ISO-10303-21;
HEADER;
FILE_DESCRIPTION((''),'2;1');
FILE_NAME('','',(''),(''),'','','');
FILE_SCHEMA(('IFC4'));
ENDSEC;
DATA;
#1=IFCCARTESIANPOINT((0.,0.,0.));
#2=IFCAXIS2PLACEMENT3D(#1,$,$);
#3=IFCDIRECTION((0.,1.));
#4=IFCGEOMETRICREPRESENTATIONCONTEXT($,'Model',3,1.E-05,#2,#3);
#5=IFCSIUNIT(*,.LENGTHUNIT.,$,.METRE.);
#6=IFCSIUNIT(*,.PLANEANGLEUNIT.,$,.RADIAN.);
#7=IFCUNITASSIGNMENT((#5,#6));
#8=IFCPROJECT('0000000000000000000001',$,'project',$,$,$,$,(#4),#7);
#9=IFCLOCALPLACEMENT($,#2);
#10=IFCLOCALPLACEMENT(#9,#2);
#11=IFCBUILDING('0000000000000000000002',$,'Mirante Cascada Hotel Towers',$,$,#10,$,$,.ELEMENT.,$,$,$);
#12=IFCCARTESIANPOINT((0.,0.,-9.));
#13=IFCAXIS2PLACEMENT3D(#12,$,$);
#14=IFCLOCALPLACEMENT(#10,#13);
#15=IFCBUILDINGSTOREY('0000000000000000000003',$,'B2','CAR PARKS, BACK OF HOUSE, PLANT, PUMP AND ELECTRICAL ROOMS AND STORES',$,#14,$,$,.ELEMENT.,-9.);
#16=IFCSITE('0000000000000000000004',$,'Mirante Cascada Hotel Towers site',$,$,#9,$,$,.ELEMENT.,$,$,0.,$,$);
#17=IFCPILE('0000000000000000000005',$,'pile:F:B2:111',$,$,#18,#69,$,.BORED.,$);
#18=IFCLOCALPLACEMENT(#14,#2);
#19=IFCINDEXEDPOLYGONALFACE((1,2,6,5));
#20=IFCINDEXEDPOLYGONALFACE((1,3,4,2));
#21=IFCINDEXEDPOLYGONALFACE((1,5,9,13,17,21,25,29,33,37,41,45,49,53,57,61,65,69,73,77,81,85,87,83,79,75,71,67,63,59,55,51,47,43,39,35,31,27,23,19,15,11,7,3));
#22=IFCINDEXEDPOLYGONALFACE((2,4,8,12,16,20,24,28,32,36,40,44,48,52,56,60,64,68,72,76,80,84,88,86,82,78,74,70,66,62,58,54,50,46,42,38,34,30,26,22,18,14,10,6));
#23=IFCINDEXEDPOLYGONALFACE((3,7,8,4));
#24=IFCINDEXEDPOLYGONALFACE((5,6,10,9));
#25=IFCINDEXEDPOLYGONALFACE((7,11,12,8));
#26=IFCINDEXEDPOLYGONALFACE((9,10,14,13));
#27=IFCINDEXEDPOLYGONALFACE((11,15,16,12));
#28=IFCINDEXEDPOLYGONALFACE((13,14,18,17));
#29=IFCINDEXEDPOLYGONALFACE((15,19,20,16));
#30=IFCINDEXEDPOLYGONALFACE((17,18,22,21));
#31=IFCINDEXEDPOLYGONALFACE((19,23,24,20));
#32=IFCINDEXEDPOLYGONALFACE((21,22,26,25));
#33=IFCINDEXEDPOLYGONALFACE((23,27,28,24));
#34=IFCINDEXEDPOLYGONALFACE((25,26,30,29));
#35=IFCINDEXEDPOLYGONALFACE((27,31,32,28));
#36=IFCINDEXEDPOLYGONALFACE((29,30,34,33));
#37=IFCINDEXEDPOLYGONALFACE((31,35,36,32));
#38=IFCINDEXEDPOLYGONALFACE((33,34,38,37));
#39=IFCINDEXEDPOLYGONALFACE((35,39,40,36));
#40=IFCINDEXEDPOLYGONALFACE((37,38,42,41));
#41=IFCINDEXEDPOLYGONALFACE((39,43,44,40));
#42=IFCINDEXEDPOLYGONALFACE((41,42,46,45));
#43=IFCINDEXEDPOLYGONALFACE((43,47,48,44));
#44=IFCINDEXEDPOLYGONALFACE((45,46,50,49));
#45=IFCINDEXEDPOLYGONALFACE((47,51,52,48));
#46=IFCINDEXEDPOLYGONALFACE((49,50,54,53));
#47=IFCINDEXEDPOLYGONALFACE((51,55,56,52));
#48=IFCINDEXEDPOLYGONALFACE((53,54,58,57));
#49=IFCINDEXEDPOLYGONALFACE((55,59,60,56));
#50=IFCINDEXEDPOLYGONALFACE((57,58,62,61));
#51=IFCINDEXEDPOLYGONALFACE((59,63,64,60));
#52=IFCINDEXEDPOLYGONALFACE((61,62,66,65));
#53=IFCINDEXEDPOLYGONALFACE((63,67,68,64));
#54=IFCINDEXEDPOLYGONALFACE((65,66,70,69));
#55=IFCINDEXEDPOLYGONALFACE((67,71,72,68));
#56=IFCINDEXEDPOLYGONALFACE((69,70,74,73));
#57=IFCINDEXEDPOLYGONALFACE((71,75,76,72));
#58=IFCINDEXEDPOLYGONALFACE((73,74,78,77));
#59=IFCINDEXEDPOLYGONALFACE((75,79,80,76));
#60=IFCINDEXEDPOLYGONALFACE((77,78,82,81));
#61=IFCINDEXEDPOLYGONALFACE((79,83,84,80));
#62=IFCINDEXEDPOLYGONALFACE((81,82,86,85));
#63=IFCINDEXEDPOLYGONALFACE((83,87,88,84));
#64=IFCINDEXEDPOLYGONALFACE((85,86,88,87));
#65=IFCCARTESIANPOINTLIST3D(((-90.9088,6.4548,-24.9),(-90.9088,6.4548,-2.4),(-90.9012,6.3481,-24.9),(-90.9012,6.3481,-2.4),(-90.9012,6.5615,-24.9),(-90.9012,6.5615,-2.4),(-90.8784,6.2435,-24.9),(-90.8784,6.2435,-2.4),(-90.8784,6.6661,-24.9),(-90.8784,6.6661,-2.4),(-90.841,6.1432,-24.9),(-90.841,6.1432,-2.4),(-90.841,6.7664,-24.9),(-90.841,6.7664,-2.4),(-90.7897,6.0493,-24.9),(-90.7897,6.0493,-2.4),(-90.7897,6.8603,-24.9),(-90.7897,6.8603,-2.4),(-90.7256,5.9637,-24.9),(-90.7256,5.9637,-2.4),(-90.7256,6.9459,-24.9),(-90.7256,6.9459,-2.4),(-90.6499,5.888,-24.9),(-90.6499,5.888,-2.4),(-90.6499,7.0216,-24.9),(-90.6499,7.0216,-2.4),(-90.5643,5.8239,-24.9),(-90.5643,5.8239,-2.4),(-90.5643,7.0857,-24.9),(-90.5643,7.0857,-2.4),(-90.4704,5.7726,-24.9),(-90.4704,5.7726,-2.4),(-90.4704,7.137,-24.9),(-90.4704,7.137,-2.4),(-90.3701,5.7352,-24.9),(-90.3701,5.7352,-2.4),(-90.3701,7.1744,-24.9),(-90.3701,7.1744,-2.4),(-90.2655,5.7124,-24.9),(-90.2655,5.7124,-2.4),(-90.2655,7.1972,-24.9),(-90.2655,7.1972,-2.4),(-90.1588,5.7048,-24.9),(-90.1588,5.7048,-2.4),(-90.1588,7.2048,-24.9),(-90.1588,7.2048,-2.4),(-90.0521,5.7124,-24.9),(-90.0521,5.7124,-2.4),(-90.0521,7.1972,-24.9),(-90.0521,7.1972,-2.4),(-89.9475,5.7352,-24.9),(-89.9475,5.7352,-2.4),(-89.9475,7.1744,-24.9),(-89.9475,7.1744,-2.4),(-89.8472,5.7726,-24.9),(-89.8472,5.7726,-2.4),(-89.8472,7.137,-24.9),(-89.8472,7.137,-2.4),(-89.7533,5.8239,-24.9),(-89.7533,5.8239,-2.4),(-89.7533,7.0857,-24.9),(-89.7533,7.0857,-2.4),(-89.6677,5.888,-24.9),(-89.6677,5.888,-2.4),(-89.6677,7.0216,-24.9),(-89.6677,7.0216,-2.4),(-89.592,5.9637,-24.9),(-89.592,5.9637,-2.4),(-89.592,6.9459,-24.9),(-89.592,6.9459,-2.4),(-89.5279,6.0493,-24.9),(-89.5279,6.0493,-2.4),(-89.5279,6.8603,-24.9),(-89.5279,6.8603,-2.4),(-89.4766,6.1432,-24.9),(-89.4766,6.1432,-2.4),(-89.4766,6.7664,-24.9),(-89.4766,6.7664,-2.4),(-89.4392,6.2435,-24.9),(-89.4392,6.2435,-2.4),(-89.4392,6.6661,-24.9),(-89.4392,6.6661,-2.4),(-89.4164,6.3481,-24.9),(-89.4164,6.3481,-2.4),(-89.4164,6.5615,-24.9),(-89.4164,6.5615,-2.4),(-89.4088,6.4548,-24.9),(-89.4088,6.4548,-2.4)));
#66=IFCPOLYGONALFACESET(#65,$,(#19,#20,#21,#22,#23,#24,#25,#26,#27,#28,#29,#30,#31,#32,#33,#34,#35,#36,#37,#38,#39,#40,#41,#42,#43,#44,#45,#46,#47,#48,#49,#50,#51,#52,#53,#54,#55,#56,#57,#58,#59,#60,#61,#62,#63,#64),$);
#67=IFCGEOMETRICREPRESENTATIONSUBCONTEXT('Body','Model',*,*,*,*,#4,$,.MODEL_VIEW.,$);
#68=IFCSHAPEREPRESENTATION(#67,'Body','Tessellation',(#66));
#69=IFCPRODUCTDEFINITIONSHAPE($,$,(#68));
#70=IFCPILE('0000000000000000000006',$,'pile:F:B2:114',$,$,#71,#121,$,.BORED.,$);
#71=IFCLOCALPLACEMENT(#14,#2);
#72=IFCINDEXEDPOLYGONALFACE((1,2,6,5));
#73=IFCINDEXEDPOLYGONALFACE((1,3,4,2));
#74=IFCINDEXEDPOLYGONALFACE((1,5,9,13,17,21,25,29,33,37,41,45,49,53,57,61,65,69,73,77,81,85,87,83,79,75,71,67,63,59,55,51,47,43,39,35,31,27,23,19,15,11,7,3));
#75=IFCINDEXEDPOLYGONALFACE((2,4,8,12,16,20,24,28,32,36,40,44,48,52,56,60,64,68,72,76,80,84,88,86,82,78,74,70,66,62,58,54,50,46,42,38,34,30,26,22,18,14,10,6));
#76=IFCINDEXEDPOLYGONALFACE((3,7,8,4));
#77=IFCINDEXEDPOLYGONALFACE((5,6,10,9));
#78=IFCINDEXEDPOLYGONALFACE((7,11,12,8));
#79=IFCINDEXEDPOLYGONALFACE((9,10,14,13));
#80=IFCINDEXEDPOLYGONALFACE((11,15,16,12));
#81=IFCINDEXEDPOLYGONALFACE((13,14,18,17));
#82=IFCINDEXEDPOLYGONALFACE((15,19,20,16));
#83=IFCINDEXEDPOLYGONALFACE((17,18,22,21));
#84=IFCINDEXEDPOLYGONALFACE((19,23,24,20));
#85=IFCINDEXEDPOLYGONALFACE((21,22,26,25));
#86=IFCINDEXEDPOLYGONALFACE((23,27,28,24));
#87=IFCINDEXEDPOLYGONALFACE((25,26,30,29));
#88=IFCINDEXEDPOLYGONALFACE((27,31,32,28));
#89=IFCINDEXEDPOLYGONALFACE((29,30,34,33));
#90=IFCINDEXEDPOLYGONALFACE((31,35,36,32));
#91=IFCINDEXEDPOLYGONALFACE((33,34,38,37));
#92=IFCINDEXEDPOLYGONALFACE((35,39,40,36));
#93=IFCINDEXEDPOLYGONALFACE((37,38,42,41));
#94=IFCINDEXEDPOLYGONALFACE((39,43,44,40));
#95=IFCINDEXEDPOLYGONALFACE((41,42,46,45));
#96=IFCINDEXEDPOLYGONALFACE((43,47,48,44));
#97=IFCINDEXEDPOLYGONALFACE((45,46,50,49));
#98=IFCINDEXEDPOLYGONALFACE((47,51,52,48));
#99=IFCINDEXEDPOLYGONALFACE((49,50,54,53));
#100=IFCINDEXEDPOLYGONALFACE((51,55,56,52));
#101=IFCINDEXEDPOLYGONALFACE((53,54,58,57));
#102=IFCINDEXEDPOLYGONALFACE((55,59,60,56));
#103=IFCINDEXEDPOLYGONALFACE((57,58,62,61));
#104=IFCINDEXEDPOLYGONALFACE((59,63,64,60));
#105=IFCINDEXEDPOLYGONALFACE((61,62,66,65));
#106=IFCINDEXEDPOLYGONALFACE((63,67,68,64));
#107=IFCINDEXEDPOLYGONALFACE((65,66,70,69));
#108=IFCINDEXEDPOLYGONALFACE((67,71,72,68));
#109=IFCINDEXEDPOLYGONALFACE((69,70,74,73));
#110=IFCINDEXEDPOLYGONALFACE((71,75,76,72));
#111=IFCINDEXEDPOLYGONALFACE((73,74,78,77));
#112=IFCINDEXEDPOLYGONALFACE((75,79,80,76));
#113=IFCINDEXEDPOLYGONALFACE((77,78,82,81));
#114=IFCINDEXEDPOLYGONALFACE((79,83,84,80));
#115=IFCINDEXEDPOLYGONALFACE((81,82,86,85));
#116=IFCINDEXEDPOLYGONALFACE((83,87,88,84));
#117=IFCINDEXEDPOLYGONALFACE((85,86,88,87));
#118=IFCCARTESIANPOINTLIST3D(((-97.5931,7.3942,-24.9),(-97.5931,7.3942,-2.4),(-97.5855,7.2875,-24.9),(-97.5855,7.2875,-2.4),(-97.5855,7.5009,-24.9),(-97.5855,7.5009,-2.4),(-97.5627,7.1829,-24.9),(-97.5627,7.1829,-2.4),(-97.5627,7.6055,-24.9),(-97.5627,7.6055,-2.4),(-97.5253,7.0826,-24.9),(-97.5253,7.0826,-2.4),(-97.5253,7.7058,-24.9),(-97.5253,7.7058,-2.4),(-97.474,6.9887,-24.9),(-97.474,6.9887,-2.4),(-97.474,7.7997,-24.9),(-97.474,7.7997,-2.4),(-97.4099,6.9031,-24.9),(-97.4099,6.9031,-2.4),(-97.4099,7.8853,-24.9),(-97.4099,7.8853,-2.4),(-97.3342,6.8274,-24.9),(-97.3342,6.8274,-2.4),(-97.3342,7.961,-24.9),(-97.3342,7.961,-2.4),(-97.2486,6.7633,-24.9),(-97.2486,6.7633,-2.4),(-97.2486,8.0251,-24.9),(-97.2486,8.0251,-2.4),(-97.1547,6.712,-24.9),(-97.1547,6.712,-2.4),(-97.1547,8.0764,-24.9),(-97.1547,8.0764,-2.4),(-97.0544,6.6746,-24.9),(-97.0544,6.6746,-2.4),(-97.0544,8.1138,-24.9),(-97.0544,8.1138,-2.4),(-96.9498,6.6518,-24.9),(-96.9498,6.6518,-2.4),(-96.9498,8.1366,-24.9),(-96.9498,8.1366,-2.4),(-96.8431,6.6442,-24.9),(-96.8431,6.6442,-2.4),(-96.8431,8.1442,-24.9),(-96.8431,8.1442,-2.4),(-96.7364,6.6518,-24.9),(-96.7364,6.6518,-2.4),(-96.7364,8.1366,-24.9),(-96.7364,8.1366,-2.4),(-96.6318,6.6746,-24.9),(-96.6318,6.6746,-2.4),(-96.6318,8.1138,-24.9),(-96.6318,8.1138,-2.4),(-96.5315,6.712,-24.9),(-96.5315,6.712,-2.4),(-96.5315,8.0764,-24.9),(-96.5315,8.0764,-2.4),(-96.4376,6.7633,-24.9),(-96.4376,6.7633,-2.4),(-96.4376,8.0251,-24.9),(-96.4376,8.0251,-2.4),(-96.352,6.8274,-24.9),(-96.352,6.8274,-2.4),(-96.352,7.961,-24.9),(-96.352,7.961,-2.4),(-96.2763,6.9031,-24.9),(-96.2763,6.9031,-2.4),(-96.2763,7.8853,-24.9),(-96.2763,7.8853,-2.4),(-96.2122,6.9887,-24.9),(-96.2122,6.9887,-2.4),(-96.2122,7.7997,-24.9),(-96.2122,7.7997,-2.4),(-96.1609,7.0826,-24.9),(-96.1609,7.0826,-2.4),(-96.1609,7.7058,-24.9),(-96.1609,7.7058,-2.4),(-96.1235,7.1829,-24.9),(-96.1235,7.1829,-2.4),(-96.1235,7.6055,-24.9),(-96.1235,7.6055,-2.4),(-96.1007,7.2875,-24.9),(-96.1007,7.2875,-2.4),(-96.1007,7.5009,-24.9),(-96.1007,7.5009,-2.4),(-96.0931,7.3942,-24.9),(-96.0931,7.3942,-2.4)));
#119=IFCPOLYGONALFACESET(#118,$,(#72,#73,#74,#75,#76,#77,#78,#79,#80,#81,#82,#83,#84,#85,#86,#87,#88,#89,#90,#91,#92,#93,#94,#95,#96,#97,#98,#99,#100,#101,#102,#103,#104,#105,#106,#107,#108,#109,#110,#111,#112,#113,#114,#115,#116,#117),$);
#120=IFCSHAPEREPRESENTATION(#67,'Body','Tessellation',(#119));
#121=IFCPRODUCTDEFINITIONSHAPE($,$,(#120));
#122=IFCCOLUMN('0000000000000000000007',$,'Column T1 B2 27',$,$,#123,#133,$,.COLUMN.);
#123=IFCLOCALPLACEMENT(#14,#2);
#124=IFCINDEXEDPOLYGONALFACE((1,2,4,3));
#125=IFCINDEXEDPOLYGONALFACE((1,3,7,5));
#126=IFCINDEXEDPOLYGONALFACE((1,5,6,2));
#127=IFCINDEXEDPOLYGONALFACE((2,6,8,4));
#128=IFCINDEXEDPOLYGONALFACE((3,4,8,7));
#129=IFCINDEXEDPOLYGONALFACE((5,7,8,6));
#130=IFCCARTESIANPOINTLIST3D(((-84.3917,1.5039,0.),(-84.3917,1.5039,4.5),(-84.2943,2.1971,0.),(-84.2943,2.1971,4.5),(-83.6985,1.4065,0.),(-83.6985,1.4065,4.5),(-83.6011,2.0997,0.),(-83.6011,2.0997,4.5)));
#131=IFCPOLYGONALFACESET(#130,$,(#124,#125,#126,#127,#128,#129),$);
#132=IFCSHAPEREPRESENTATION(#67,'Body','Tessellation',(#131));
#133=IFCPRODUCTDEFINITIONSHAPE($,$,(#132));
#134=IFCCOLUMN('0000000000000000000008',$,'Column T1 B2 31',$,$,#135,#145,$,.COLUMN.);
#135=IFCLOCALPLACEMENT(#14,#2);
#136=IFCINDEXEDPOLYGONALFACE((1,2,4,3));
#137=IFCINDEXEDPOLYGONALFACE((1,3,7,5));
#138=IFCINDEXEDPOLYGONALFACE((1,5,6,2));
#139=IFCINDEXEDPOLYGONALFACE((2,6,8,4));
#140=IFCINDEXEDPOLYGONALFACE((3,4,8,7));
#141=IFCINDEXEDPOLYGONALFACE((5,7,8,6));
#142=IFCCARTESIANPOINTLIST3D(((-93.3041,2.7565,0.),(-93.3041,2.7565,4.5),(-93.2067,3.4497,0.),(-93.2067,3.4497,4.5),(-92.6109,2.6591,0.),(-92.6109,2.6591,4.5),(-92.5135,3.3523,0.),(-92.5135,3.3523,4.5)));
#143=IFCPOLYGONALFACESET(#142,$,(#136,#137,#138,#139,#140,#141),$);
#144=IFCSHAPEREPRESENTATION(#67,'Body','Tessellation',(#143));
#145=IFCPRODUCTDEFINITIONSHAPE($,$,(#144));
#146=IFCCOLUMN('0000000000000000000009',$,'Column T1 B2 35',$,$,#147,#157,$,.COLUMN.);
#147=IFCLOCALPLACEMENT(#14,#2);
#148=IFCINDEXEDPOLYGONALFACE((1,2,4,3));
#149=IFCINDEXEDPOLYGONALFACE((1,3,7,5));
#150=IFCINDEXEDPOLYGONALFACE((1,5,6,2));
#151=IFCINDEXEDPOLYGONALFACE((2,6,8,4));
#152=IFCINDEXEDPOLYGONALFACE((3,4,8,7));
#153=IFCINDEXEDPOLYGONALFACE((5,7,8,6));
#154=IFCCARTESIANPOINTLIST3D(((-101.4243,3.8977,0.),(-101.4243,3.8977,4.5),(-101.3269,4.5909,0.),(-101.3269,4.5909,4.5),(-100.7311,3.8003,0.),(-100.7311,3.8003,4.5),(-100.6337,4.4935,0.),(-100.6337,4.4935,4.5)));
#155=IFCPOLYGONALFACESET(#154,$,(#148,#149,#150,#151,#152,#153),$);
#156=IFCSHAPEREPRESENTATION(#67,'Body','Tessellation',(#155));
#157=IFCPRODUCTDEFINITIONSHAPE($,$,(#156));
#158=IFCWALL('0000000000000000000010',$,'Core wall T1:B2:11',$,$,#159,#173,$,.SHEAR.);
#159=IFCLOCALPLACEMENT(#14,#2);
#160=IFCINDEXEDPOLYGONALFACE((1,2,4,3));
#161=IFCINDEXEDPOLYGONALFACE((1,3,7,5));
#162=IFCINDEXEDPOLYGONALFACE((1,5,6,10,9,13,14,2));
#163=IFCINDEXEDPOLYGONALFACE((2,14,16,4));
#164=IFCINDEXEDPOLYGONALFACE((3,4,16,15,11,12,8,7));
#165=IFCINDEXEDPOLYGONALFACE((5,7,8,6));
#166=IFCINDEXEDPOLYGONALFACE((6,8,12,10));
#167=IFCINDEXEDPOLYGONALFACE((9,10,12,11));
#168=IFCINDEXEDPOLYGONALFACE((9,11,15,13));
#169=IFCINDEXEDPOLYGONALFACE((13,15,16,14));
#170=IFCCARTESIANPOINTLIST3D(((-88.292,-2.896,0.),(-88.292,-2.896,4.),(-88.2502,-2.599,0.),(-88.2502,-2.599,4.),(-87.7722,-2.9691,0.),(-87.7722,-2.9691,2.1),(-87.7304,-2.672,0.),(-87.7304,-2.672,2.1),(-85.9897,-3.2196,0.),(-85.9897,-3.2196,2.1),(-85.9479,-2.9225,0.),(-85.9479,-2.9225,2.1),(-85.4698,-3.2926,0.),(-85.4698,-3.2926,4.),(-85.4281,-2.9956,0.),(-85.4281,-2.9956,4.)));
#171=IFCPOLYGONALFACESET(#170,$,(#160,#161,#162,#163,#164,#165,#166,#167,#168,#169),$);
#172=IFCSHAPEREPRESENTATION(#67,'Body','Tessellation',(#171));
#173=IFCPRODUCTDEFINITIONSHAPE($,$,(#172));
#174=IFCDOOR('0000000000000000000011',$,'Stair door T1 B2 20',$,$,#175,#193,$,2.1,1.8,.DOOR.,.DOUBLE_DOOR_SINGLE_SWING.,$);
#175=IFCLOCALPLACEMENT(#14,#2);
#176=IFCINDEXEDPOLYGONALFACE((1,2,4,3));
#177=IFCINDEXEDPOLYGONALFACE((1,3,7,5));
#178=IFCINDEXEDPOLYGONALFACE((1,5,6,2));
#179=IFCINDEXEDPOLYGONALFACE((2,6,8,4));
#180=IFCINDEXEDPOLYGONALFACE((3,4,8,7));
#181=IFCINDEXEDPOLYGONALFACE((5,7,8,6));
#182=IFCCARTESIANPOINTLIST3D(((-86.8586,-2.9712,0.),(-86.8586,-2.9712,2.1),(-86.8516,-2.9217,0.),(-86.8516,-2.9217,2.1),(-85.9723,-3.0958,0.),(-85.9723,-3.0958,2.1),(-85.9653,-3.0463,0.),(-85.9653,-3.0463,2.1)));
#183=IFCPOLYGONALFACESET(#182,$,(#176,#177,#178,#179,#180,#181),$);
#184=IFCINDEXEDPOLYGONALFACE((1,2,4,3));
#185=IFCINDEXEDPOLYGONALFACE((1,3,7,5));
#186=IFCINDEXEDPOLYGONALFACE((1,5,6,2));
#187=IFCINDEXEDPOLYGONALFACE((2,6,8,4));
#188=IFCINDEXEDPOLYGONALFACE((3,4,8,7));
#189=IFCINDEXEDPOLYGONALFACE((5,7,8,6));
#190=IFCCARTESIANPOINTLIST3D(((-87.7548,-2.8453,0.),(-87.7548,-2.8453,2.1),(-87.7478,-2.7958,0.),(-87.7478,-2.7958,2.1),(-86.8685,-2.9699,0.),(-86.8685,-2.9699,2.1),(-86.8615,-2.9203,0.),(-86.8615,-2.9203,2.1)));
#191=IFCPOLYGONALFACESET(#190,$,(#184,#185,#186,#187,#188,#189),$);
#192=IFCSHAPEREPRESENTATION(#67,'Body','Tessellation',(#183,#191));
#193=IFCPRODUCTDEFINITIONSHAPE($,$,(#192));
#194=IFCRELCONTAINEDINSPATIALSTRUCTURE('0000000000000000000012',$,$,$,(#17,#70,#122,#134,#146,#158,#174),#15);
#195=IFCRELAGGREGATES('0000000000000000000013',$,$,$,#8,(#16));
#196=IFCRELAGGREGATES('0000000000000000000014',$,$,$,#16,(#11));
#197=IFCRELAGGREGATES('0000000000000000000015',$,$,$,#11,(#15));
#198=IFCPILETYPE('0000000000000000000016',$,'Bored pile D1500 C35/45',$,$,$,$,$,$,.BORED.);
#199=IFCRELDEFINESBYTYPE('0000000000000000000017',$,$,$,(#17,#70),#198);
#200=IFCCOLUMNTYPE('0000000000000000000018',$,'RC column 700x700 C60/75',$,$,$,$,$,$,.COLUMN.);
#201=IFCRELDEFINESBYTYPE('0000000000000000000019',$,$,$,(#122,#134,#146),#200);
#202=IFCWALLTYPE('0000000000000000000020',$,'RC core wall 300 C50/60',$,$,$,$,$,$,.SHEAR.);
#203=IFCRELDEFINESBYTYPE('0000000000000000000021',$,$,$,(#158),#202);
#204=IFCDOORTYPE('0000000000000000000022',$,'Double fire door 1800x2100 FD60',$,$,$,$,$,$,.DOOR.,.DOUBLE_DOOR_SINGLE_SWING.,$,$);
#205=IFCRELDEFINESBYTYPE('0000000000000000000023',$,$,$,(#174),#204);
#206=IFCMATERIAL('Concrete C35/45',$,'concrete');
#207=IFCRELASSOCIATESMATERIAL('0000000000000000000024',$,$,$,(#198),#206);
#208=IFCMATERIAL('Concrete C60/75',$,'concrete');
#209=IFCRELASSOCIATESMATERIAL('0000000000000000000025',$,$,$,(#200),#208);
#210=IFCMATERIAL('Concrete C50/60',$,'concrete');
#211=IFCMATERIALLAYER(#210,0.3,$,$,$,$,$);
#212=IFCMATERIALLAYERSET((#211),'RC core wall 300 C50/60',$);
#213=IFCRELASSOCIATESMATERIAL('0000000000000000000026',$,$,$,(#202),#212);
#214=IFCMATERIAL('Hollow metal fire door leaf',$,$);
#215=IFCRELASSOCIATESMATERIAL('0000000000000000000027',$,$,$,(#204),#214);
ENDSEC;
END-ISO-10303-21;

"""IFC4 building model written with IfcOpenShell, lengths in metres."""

from ifc_helpers import new_model, si_unit, direction, frame, frame_2d, origin, origin_2d, place, context, subcontext, project, spatial, rectangle, circle, extrude, material, layer, layer_set, material_profile, profile_set, type_object, element, fill, save


model = new_model("IFC4")

# Units and contexts
model_context = context("Model", 3, precision=1e-05, world=origin(), true_north=direction((0.0, 1.0)))
body_context = subcontext(model_context, "Body", "Model", "MODEL_VIEW")
ifc_project = project(units=[si_unit("LENGTHUNIT", "METRE"), si_unit("PLANEANGLEUNIT", "RADIAN")], contexts=[model_context])

# Site, building, storey
site_placement = place(None, origin())
site = spatial("IfcSite", under=ifc_project, at=site_placement, Name="Mirante Cascada Hotel Towers site", CompositionType="ELEMENT", RefElevation=0.0)
building_placement = place(site_placement, origin())
building = spatial("IfcBuilding", under=site, at=building_placement, Name="Mirante Cascada Hotel Towers", CompositionType="ELEMENT")
storey_placement = place(building_placement, frame((0.0, 0.0, -9.0)))
storey = spatial("IfcBuildingStorey", under=building, at=storey_placement, Name="B2", Description="CAR PARKS, BACK OF HOUSE, PLANT, PUMP AND ELECTRICAL ROOMS AND STORES", CompositionType="ELEMENT", Elevation=-9.0)

# Piles
ifc_material_1 = material(Name="Concrete C35/45", Category="concrete")
ifc_material_profile_1 = material_profile(ifc_material_1, circle(Radius=0.75, at=origin_2d()), Name="RC D1500")
ifc_profile_set_1 = profile_set([ifc_material_profile_1], Name="Concrete C35/45")
pile_type = type_object("IfcPileType", Name="Bored pile D1500 C35/45", PredefinedType="BORED", material=ifc_profile_set_1)
for number, where, z_axis, x_axis, name in (
    (1, (-90.1588, 6.4548, -2.4), (0.0, 0.0, -1.0), (1.0, 0.0, 0.0), "pile:F:B2:111"),
    (2, (-96.8431, 7.3942, -2.4), (0.0, 0.0, -1.0), (1.0, 0.0, 0.0), "pile:F:B2:114"),
):
    element("IfcPile", number, at=place(storey_placement, frame(where, z_axis=z_axis, x_axis=x_axis)), inside=storey, type_object=pile_type, Name=name, PredefinedType="BORED", context=body_context, shape_type="SweptSolid", body=[
        extrude(circle(Radius=0.75, at=origin_2d()), origin(), (0.0, 0.0, 1.0), 22.5),
    ])

# Columns
ifc_material_2 = material(Name="Concrete C60/75", Category="concrete")
ifc_material_profile_2 = material_profile(ifc_material_2, rectangle(XDim=0.7, YDim=0.7, at=origin_2d()), Name="RC column 700x700 C60/75")
ifc_profile_set_2 = profile_set([ifc_material_profile_2], Name="Concrete C60/75")
column_type = type_object("IfcColumnType", Name="RC column 700x700 C60/75", PredefinedType="COLUMN", material=ifc_profile_set_2)
for number, where, z_axis, x_axis, name in (
    (3, (-83.9964, 1.8018, 0.0), (0.0, 0.0, 1.0), (-0.990268, 0.139173, 0.0), "Column T1 B2 27"),
    (4, (-92.9088, 3.0544, 0.0), (0.0, 0.0, 1.0), (-0.990268, 0.139173, 0.0), "Column T1 B2 31"),
    (5, (-101.029, 4.1956, 0.0), (0.0, 0.0, 1.0), (-0.990268, 0.139173, 0.0), "Column T1 B2 35"),
):
    element("IfcColumn", number, at=place(storey_placement, frame(where, z_axis=z_axis, x_axis=x_axis)), inside=storey, type_object=column_type, Name=name, PredefinedType="COLUMN", context=body_context, shape_type="SweptSolid", body=[
        extrude(rectangle(XDim=0.7, YDim=0.7, at=origin_2d()), origin(), (0.0, 0.0, 1.0), 4.5),
    ])

# Wall, opening, door
ifc_material_3 = material(Name="Concrete C50/60", Category="concrete")
ifc_layer = layer(ifc_material_3, 0.3)
ifc_layer_set = layer_set([ifc_layer], Name="RC core wall 300 C50/60")
wall_type = type_object("IfcWallType", Name="RC core wall 300 C50/60", PredefinedType="SHEAR", material=ifc_layer_set)
wall_1_placement = place(storey_placement, frame((-85.4489, -3.1441, 0.0), z_axis=(0.0, 0.0, 1.0), x_axis=(-0.99027, 0.139161, 0.0)))
wall_1 = element("IfcWall", 6, at=wall_1_placement, inside=storey, type_object=wall_type, Name="Core wall T1:B2:11", PredefinedType="SHEAR", context=body_context, shape_type="SweptSolid", body=[
    extrude(rectangle(XDim=2.8499, YDim=0.3, at=frame_2d((1.425, 0.0))), origin(), (0.0, 0.0, 1.0), 4.0),
])
opening_placement = place(wall_1_placement, frame((0.525, 0.0, 0.0)))
opening = element("IfcOpeningElement", 7, at=opening_placement, cuts=wall_1, PredefinedType="OPENING", context=body_context, shape_type="SweptSolid", body=[
    extrude(rectangle(XDim=1.8, YDim=2.1, at=frame_2d((0.9, 1.05))), frame((0.0, 0.15, 0.0), z_axis=(0.0, -1.0, 0.0), x_axis=(1.0, 0.0, 0.0)), (0.0, 0.0, 1.0), 0.3),
])
ifc_material_4 = material(Name="Hollow metal fire door leaf")
door_type = type_object("IfcDoorType", Name="Double fire door 1800x2100 FD60", OperationType="DOUBLE_DOOR_SINGLE_SWING", PredefinedType="DOOR", material=ifc_material_4)
door_placement = place(opening_placement, origin())
door = element("IfcDoor", 8, at=door_placement, inside=storey, type_object=door_type, Name="Stair door T1 B2 20", OperationType="DOUBLE_DOOR_SINGLE_SWING", OverallHeight=2.1, OverallWidth=1.8, PredefinedType="DOOR", context=body_context, shape_type="SweptSolid", body=[
    extrude(rectangle(XDim=0.895, YDim=2.1, at=frame_2d((0.4475, 1.05))), frame((0.0, 0.025, 0.0), z_axis=(0.0, -1.0, 0.0), x_axis=(1.0, 0.0, 0.0)), (0.0, 0.0, 1.0), 0.05),
    extrude(rectangle(XDim=0.895, YDim=2.1, at=frame_2d((1.3525, 1.05))), frame((0.0, 0.025, 0.0), z_axis=(0.0, -1.0, 0.0), x_axis=(1.0, 0.0, 0.0)), (0.0, 0.0, 1.0), 0.05),
])
fill(opening, door)

save(model, "model.ifc")
